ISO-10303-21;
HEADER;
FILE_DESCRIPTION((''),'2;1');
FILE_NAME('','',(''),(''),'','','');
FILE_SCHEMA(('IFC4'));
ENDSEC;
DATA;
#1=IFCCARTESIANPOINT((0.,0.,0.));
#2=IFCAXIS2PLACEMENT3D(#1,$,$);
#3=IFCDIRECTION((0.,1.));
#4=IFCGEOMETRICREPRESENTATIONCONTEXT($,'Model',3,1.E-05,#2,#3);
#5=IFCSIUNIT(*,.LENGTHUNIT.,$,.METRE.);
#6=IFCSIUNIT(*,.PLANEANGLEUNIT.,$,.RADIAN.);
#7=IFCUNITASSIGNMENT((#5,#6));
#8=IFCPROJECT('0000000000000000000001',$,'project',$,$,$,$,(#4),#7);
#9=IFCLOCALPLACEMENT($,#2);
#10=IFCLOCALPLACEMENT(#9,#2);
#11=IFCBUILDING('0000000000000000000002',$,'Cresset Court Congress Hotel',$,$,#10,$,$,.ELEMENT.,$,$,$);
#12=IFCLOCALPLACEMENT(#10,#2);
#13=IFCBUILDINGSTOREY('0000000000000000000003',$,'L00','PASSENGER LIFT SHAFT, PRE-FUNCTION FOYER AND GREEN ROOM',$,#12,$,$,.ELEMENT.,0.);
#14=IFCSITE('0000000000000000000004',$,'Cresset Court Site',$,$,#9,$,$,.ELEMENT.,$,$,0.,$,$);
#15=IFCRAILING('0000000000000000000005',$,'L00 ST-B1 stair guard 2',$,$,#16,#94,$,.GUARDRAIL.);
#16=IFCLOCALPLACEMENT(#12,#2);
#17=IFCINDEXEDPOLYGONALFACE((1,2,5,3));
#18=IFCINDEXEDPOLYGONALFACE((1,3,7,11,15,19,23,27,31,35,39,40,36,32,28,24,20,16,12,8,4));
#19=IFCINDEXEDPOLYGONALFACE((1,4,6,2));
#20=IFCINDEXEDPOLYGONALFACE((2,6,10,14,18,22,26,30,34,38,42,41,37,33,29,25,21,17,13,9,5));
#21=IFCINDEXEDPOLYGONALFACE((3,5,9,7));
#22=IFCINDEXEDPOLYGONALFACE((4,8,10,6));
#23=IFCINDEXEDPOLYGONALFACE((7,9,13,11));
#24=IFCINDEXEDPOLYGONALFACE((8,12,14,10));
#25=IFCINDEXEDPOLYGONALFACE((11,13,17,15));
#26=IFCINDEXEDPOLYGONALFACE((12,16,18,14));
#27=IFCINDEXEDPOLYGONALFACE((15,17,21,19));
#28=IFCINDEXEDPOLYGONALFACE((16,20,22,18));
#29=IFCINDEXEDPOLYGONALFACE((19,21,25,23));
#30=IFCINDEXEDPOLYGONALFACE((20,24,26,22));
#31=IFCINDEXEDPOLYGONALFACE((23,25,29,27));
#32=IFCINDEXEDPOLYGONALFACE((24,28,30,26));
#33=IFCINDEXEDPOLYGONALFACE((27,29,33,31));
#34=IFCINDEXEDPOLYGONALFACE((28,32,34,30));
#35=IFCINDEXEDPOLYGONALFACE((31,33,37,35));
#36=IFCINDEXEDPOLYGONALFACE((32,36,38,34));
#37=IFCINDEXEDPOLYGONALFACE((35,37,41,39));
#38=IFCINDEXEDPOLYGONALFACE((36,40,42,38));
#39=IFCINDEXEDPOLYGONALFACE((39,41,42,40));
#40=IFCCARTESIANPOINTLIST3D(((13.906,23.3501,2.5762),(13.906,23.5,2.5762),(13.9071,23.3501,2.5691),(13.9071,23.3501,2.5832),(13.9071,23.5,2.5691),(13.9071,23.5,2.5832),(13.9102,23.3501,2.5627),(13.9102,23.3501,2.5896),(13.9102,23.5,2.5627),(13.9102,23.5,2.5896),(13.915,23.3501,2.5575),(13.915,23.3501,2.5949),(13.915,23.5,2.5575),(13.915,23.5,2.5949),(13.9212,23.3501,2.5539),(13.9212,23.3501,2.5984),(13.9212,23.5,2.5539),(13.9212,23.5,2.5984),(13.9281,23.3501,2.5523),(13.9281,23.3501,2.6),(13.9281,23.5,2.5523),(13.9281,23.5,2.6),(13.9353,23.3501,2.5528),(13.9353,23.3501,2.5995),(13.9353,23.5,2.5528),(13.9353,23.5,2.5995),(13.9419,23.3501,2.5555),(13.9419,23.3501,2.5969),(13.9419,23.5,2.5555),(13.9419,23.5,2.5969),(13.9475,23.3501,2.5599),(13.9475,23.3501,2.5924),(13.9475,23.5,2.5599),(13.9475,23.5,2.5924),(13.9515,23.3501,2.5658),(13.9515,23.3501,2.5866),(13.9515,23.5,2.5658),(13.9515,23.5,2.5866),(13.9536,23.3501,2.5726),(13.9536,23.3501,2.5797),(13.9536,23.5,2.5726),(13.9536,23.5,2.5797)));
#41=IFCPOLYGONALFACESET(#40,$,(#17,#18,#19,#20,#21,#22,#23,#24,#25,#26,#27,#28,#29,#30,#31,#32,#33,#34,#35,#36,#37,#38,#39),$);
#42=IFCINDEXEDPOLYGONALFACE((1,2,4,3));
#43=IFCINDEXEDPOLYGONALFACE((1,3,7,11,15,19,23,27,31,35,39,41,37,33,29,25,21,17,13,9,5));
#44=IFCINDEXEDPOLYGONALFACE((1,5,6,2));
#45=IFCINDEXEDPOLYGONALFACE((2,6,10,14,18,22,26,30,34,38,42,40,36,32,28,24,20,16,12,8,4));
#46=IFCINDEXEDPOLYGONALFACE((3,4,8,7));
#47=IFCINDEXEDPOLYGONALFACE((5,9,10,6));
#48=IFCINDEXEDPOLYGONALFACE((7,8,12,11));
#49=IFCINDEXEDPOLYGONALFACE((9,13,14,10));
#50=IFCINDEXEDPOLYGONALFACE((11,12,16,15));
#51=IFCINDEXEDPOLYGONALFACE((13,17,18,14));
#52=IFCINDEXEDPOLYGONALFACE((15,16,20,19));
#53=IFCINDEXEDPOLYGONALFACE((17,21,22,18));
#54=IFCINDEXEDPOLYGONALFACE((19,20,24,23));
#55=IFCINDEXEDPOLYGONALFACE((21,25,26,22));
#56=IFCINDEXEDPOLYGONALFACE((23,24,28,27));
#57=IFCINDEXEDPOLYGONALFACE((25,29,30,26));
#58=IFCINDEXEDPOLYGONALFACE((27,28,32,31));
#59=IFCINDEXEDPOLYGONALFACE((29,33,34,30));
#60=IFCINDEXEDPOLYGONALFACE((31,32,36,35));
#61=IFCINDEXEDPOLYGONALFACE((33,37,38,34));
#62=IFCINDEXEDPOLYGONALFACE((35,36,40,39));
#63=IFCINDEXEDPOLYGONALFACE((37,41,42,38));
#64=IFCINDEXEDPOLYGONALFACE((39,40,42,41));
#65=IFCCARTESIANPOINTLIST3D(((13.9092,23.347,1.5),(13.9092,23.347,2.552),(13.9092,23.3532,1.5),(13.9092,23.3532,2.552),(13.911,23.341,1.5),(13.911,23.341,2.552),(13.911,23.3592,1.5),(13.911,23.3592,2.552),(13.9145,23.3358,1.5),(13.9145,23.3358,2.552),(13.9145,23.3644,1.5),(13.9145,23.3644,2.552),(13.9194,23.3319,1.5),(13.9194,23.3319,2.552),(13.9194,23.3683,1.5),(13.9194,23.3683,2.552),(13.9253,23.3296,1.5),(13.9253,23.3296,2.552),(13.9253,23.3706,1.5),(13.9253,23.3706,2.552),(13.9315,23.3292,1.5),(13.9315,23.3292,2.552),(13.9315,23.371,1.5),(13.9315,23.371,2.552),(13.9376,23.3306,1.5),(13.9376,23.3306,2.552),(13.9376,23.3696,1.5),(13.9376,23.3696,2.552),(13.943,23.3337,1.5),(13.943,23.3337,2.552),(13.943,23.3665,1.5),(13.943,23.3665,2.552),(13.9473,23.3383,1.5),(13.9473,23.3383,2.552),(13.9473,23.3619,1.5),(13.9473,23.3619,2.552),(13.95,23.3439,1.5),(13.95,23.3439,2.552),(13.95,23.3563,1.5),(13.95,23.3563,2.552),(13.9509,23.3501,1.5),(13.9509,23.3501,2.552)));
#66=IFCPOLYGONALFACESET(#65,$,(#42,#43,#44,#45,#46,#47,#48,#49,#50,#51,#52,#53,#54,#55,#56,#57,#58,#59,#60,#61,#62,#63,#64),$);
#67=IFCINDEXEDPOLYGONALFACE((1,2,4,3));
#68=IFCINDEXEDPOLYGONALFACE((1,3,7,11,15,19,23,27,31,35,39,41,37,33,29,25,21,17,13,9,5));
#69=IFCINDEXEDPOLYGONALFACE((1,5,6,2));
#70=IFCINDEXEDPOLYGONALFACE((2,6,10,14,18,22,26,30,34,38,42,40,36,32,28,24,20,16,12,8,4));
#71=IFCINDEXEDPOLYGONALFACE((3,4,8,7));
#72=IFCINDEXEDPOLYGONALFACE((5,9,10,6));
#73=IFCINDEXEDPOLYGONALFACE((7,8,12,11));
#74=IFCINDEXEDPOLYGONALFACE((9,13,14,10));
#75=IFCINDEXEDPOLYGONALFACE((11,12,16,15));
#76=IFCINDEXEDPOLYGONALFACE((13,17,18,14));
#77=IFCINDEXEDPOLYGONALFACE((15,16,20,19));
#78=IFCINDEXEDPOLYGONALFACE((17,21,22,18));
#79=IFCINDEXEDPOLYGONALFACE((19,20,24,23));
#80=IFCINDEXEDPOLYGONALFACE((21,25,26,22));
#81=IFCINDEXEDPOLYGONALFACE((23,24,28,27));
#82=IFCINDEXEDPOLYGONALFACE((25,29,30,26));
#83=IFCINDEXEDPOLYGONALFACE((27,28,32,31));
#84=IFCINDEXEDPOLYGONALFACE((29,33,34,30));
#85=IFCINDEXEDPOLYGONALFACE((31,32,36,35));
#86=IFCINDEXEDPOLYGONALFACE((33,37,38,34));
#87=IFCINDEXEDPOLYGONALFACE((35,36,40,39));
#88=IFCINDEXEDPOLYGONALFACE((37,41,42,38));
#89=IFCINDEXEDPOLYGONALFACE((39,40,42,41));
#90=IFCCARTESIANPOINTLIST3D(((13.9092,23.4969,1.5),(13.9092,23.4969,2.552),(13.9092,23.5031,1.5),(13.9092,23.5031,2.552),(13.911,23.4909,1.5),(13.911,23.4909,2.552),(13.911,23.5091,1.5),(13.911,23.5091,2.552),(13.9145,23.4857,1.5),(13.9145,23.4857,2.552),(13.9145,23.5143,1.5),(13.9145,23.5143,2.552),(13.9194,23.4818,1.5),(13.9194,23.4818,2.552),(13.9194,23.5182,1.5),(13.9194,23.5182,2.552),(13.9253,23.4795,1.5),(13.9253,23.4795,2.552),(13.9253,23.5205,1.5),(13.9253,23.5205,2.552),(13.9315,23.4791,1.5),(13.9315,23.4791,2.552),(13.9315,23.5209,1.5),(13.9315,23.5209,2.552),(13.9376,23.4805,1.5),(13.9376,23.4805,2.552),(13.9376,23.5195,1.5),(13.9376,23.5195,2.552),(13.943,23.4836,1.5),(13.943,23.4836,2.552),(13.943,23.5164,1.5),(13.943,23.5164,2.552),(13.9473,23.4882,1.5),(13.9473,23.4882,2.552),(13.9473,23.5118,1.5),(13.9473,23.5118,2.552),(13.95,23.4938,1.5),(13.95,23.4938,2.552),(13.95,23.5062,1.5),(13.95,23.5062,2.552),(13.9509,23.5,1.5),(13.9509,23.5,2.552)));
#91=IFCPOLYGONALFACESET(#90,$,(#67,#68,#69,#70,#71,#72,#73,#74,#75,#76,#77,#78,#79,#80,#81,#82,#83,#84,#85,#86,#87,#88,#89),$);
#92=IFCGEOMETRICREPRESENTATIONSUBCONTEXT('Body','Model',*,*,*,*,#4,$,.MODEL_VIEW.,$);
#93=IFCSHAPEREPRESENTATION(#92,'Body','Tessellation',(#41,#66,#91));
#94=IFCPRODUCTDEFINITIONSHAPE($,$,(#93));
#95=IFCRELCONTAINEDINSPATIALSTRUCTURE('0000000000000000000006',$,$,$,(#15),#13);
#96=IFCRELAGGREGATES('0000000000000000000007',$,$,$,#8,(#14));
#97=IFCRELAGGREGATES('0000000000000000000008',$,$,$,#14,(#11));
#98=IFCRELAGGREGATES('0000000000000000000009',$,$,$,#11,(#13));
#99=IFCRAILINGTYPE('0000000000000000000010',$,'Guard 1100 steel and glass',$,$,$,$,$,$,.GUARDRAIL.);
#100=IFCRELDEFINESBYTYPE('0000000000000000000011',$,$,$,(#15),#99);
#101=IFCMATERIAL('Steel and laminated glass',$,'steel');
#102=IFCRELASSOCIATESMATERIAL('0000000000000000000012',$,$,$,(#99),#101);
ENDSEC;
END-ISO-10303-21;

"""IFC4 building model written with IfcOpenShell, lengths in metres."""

from ifc_helpers import new_model, si_unit, direction, frame, origin, origin_2d, place, context, subcontext, project, spatial, circle, extrude, material, type_object, element, save


model = new_model("IFC4")

# Units and contexts
model_context = context("Model", 3, precision=1e-05, world=origin(), true_north=direction((0.0, 1.0)))
body_context = subcontext(model_context, "Body", "Model", "MODEL_VIEW")
ifc_project = project(units=[si_unit("LENGTHUNIT", "METRE"), si_unit("PLANEANGLEUNIT", "RADIAN")], contexts=[model_context])

# Site, building, storey
site_placement = place(None, origin())
site = spatial("IfcSite", under=ifc_project, at=site_placement, Name="Cresset Court Site", CompositionType="ELEMENT", RefElevation=0.0)
building_placement = place(site_placement, origin())
building = spatial("IfcBuilding", under=site, at=building_placement, Name="Cresset Court Congress Hotel", CompositionType="ELEMENT")
storey_placement = place(building_placement, origin())
storey = spatial("IfcBuildingStorey", under=building, at=storey_placement, Name="L00", Description="PASSENGER LIFT SHAFT, PRE-FUNCTION FOYER AND GREEN ROOM", CompositionType="ELEMENT", Elevation=0.0)

# Railing
ifc_material_1 = material(Name="Steel and laminated glass", Category="steel")
railing_type_1 = type_object("IfcRailingType", Name="Guard 1100 steel and glass", PredefinedType="GUARDRAIL", material=ifc_material_1)
railing_1_placement = place(storey_placement, frame((13.9299, 23.3501, 1.5)))
element("IfcRailing", 1, at=railing_1_placement, inside=storey, type_object=railing_type_1, Name="L00 ST-B1 stair guard 2", PredefinedType="GUARDRAIL", context=body_context, shape_type="SweptSolid", body=[
    extrude(circle(Radius=0.0239, at=origin_2d()), frame((0.0, 0.0, 1.0762), z_axis=(0.0, 1.0, 0.0), x_axis=(-1.0, 0.0, 0.0)), (0.0, 0.0, 1.0), 0.1499),
    extrude(circle(Radius=0.021, at=origin_2d()), origin(), (0.0, 0.0, 1.0), 1.052),
    extrude(circle(Radius=0.021, at=origin_2d()), frame((0.0, 0.1499, 0.0)), (0.0, 0.0, 1.0), 1.052),
])

save(model, "model.ifc")
